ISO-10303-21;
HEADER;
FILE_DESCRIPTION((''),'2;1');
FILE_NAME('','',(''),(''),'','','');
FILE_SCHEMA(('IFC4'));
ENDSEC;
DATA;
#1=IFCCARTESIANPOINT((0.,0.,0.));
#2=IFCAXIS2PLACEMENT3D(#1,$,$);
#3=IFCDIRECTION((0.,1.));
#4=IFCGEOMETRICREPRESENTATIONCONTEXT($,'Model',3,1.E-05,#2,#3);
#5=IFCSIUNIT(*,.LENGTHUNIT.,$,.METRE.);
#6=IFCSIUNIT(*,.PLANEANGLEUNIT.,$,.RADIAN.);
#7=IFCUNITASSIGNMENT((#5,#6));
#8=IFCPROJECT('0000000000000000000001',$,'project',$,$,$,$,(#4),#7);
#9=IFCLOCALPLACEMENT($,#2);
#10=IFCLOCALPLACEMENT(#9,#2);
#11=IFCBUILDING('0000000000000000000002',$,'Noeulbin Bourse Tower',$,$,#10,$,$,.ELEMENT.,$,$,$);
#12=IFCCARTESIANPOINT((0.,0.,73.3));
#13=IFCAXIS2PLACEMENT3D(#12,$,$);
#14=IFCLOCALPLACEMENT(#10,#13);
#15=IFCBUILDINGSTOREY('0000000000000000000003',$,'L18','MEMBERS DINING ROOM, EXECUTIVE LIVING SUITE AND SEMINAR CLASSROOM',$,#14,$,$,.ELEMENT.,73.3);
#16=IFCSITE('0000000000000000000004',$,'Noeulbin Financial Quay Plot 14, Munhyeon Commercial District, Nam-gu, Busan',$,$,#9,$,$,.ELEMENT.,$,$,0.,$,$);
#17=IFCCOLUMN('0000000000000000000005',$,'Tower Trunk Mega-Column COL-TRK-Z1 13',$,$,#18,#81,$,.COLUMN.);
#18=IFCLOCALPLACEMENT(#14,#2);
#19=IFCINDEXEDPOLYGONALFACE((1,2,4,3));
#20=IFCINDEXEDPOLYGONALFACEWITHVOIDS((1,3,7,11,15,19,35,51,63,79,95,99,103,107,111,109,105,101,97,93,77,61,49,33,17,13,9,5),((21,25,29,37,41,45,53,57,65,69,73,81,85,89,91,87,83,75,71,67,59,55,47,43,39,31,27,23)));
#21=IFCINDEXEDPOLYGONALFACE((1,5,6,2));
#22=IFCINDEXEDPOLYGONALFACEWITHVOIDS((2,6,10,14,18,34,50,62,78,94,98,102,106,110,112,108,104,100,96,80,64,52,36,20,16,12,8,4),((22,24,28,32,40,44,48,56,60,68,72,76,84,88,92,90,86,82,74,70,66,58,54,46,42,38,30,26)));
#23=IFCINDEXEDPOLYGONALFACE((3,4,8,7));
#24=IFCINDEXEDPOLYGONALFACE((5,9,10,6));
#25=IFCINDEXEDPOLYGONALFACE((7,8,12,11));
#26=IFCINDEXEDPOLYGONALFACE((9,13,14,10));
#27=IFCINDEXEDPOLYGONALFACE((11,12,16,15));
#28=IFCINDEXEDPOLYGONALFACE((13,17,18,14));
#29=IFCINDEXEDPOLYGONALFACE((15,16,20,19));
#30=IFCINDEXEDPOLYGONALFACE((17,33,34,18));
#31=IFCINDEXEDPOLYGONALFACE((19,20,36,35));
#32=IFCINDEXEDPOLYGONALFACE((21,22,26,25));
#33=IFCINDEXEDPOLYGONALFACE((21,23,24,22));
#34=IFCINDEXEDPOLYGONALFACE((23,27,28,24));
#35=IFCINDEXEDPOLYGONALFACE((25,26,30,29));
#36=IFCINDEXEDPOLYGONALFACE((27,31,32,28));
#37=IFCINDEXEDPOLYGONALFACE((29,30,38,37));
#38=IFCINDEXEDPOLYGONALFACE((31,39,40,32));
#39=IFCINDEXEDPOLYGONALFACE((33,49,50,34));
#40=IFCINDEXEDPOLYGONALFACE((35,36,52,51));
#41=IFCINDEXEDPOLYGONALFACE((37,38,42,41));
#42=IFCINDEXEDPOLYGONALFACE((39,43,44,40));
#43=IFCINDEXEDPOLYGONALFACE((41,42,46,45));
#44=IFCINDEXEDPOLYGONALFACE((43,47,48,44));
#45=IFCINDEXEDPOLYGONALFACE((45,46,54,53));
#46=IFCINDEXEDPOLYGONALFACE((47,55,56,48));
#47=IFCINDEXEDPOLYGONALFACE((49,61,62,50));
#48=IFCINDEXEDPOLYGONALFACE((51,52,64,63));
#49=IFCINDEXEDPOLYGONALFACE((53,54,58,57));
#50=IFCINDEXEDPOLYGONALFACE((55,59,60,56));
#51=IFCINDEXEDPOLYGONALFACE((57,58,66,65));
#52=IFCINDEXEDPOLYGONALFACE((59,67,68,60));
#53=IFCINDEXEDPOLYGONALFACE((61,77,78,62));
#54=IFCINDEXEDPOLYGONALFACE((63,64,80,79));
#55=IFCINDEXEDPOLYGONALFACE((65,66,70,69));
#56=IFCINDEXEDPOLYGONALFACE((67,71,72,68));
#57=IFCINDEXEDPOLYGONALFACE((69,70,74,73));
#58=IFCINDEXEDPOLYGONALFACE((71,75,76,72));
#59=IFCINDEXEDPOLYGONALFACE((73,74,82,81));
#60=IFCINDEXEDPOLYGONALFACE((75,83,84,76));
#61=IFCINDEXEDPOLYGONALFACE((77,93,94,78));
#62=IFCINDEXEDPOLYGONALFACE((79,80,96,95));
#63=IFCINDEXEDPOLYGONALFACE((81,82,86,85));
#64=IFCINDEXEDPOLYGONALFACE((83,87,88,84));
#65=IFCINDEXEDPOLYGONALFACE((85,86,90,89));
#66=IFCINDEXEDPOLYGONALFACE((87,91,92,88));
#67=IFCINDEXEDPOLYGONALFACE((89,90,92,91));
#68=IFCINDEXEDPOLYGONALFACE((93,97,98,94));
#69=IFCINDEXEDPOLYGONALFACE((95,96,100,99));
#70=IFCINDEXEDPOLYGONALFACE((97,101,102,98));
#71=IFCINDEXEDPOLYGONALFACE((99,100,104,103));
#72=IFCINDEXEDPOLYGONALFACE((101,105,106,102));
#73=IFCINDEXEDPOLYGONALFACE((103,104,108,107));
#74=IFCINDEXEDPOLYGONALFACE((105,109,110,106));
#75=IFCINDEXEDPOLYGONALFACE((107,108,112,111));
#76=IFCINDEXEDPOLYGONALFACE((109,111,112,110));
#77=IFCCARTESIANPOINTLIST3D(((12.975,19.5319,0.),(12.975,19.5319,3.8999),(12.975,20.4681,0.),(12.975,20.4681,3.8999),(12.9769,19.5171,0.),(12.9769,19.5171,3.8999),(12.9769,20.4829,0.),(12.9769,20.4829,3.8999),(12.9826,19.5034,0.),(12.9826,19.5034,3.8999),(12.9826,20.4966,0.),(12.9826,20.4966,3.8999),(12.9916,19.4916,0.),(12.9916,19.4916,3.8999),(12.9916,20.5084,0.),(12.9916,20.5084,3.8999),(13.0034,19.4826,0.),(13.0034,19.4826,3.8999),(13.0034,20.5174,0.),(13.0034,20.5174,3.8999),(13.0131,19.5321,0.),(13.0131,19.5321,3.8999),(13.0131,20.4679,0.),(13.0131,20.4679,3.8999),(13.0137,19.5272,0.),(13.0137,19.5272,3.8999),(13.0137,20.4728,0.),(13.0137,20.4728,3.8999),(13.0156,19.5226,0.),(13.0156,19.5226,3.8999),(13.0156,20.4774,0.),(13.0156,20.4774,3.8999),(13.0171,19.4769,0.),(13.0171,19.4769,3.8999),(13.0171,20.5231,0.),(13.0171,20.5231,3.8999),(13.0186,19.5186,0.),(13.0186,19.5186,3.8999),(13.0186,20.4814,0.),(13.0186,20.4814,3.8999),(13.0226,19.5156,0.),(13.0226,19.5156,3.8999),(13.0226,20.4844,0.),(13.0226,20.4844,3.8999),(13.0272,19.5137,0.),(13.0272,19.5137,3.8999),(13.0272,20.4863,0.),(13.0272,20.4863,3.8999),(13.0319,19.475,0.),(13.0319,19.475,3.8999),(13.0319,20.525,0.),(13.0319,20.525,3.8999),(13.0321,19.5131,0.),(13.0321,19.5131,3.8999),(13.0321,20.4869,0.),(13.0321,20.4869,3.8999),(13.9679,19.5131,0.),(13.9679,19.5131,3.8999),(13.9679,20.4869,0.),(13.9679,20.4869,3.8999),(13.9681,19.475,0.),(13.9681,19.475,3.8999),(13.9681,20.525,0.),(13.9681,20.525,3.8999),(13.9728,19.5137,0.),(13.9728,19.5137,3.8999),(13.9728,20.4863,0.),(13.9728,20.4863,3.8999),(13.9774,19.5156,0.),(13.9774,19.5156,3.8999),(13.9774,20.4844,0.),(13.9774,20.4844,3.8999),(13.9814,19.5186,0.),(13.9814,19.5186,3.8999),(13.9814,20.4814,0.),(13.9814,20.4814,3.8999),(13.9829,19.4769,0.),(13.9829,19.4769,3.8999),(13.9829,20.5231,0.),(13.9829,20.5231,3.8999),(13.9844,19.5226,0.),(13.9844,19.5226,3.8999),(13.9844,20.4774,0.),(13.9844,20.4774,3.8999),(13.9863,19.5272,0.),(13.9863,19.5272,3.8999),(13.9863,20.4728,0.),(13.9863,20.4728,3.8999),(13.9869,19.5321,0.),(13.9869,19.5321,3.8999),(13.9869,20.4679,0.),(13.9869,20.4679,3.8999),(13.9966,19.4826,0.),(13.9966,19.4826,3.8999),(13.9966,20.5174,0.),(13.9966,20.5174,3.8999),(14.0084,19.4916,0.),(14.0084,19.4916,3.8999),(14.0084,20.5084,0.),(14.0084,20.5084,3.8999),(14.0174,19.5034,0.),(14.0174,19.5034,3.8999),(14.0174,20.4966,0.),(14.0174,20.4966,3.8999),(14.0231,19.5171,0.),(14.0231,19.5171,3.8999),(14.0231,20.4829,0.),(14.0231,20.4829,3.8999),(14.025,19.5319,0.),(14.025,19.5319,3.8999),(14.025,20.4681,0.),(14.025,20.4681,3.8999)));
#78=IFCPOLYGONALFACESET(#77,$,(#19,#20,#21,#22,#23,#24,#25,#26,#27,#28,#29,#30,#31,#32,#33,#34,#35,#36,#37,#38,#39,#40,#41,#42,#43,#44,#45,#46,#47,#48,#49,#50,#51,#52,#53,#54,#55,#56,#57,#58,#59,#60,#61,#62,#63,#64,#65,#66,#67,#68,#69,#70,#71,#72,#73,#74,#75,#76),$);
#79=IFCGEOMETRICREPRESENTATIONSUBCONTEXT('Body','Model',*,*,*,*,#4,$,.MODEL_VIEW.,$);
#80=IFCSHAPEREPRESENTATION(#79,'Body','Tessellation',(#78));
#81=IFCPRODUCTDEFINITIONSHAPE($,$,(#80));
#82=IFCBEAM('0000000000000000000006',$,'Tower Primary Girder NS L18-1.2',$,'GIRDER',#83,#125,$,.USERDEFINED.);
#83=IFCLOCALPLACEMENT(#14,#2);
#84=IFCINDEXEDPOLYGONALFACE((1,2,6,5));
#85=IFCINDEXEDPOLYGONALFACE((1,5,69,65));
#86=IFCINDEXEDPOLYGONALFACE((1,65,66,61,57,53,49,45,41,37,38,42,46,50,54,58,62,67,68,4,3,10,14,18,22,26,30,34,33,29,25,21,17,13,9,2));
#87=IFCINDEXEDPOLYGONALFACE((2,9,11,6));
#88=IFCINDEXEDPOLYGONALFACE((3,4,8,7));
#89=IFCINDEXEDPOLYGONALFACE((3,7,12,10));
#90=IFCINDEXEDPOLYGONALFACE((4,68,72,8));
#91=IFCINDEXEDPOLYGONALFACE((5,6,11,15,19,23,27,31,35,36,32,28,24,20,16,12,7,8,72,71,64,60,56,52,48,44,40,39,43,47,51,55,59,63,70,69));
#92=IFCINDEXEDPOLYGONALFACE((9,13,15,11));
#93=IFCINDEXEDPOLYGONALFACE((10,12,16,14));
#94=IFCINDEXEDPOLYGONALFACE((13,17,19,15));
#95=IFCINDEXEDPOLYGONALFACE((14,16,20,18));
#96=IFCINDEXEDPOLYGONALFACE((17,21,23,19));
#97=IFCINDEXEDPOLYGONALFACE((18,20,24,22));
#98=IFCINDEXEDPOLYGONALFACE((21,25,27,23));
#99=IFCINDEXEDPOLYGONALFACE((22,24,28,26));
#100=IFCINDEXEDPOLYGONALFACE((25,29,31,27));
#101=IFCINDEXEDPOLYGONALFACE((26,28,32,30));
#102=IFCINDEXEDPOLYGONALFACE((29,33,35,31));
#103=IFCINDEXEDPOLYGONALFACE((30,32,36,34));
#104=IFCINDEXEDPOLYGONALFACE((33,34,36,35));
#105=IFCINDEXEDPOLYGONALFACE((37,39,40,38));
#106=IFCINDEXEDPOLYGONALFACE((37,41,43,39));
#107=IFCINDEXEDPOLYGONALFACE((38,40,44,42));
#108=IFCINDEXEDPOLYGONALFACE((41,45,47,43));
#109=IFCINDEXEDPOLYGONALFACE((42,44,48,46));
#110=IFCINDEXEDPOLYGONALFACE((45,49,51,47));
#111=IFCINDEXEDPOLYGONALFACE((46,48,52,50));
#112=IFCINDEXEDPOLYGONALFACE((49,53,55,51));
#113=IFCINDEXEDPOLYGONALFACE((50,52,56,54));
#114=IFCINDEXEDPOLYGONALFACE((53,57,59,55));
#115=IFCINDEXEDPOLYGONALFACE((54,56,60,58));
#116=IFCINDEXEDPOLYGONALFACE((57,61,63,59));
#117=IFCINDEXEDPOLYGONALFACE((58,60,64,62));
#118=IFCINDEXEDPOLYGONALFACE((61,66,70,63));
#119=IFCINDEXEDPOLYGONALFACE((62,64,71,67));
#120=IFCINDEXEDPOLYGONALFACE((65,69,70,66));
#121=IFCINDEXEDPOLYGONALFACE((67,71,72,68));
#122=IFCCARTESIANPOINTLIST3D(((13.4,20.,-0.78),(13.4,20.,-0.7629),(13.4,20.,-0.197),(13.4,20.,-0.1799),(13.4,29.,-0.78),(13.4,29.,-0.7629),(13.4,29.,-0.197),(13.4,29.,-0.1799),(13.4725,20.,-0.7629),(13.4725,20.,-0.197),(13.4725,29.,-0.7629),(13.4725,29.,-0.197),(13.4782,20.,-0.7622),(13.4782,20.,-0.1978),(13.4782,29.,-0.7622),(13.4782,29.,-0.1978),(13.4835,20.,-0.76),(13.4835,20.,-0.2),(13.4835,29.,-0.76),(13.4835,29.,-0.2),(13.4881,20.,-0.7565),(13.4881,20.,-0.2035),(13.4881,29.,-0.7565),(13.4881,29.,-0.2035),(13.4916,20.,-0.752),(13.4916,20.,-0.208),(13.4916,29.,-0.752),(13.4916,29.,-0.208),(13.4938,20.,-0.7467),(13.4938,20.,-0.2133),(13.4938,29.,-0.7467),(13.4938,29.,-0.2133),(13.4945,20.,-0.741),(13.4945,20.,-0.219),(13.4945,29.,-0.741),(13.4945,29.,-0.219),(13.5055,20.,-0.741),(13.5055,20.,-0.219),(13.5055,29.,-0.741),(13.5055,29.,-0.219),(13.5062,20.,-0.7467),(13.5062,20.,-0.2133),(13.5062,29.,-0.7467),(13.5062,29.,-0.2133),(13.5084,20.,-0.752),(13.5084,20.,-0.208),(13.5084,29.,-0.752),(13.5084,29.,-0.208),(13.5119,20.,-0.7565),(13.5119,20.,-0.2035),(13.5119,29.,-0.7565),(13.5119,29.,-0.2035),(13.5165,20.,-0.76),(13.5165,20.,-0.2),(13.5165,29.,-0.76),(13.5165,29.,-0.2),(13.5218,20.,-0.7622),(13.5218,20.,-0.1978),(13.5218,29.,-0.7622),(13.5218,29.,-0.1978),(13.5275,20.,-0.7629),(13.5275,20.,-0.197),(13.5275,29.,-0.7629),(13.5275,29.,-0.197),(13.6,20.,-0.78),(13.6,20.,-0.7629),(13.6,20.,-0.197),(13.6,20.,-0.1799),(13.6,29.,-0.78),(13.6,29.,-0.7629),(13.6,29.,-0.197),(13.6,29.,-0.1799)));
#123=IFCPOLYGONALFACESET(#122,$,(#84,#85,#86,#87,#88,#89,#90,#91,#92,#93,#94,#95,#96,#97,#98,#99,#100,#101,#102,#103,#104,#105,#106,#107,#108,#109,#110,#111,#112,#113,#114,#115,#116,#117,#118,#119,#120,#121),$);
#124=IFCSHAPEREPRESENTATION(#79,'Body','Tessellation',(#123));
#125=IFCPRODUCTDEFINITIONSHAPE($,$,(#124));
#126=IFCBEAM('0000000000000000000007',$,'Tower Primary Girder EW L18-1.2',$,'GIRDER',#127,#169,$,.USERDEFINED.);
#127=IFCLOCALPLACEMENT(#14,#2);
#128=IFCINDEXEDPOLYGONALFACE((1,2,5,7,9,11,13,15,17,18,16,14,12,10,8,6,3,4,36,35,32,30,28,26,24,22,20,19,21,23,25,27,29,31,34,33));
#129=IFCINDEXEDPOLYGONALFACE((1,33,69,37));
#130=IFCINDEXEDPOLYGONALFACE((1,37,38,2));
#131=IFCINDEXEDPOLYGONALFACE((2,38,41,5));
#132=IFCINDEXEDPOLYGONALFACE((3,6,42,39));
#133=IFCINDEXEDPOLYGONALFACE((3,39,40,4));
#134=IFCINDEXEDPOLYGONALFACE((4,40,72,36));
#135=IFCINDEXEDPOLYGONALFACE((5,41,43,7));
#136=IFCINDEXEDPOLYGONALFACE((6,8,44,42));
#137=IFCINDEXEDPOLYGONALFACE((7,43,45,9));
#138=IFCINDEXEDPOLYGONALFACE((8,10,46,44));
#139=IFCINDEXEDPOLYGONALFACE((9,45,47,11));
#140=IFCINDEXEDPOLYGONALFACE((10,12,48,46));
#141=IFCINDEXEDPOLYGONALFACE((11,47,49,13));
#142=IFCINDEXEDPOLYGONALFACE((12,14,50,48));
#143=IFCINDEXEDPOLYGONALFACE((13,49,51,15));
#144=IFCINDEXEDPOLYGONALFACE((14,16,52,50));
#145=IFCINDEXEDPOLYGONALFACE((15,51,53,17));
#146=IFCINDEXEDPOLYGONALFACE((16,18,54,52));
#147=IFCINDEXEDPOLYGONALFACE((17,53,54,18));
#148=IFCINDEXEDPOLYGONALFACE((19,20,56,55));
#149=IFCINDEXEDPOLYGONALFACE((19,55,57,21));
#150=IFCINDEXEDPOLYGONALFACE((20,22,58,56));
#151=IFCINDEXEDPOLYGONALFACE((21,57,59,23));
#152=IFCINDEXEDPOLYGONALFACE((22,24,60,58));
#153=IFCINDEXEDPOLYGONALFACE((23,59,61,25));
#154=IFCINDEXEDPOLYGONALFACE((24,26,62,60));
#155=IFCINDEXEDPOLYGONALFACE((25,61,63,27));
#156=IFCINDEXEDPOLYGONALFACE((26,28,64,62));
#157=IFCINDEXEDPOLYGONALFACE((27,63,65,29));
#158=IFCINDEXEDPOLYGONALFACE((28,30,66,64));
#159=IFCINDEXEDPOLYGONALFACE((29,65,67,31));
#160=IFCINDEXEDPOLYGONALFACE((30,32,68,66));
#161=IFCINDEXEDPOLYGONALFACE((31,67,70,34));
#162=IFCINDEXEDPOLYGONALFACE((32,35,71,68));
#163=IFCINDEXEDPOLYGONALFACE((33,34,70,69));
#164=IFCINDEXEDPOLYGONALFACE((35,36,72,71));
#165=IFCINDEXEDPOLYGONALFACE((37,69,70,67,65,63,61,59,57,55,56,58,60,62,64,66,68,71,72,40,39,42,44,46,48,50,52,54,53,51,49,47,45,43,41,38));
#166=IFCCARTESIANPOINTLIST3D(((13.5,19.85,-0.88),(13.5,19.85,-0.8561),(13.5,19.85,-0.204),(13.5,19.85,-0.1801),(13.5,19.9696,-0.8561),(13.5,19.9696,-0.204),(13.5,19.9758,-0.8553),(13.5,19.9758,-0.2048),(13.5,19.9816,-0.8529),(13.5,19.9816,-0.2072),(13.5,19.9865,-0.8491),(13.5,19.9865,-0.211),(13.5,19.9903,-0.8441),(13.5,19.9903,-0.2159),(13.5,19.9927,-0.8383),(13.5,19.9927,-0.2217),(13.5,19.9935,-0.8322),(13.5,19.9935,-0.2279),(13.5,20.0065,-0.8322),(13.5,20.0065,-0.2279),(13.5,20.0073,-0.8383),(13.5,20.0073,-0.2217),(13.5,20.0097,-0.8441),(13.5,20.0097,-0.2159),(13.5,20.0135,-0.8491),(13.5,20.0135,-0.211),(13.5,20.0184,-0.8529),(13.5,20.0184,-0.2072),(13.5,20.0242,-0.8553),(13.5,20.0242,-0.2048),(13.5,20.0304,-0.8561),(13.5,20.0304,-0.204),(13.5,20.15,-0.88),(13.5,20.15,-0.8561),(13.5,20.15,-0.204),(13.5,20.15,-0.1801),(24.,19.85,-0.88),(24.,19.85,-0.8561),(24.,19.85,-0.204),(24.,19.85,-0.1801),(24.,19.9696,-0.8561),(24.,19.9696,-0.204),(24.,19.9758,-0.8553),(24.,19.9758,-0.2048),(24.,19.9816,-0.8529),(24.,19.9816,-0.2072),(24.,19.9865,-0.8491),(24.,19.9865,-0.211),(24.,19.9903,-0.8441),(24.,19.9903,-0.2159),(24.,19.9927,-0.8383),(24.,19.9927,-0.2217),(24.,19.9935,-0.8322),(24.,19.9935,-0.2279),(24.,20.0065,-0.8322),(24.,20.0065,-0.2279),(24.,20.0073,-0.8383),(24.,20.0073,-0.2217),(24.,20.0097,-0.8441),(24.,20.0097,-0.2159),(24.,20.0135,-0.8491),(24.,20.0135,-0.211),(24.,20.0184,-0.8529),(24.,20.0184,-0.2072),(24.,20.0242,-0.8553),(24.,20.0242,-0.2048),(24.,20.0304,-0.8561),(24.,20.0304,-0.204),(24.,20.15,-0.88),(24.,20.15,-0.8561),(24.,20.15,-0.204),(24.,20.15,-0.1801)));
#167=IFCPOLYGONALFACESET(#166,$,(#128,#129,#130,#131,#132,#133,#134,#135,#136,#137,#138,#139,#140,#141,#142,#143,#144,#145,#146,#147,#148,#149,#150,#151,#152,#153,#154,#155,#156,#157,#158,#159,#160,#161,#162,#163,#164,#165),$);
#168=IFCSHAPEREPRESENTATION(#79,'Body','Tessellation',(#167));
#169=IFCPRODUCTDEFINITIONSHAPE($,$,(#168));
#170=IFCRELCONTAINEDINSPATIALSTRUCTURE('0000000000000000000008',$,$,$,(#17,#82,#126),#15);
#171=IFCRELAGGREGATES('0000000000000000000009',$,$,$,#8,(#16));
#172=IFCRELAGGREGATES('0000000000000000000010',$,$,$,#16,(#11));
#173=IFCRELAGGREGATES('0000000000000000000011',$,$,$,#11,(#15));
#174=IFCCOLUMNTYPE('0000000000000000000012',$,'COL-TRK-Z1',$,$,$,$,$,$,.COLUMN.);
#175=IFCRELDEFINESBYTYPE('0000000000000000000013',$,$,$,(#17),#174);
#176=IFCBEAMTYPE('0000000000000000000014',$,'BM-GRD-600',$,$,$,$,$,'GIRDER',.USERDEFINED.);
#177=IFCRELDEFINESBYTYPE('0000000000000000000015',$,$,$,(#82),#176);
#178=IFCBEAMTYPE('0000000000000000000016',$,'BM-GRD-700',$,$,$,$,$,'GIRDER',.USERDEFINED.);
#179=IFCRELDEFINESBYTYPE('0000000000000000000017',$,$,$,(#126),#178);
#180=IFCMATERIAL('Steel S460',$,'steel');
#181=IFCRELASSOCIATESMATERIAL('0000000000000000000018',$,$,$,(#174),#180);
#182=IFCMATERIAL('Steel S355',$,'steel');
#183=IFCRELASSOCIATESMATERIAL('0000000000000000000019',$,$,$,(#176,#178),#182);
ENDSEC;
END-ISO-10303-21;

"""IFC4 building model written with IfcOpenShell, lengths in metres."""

from ifc_helpers import new_model, si_unit, direction, frame, origin, origin_2d, place, context, subcontext, project, spatial, hollow_rectangle, i_section, extrude, material, material_profile, profile_set, type_object, element, save


model = new_model("IFC4")

# Units and contexts
model_context = context("Model", 3, precision=1e-05, world=origin(), true_north=direction((0.0, 1.0)))
body_context = subcontext(model_context, "Body", "Model", "MODEL_VIEW")
ifc_project = project(units=[si_unit("LENGTHUNIT", "METRE"), si_unit("PLANEANGLEUNIT", "RADIAN")], contexts=[model_context])

# Site, building, storey
site_placement = place(None, origin())
site = spatial("IfcSite", under=ifc_project, at=site_placement, Name="Noeulbin Financial Quay Plot 14, Munhyeon Commercial District, Nam-gu, Busan", CompositionType="ELEMENT", RefElevation=0.0)
building_placement = place(site_placement, origin())
building = spatial("IfcBuilding", under=site, at=building_placement, Name="Noeulbin Bourse Tower", CompositionType="ELEMENT")
storey_placement = place(building_placement, frame((0.0, 0.0, 73.3)))
storey = spatial("IfcBuildingStorey", under=building, at=storey_placement, Name="L18", Description="MEMBERS DINING ROOM, EXECUTIVE LIVING SUITE AND SEMINAR CLASSROOM", CompositionType="ELEMENT", Elevation=73.3)

# Column
ifc_material_1 = material(Name="Steel S460", Category="steel")
ifc_material_profile_1 = material_profile(ifc_material_1, hollow_rectangle(XDim=1.05, YDim=1.05, WallThickness=0.0381, InnerFilletRadius=0.019, OuterFilletRadius=0.0569, at=origin_2d()), Name="BOX-1050x1050x38", Category="LoadBearing")
ifc_profile_set_1 = profile_set([ifc_material_profile_1], Name="Steel S460")
column_type = type_object("IfcColumnType", Name="COL-TRK-Z1", PredefinedType="COLUMN", material=ifc_profile_set_1)
column_placement = place(storey_placement, frame((13.5, 20.0, 0.0), z_axis=(0.0, 0.0, 1.0), x_axis=(1.0, 0.0, 0.0)))
element("IfcColumn", 1, at=column_placement, inside=storey, type_object=column_type, Name="Tower Trunk Mega-Column COL-TRK-Z1 13", PredefinedType="COLUMN", context=body_context, shape_type="SweptSolid", body=[
    extrude(hollow_rectangle(XDim=1.05, YDim=1.05, WallThickness=0.0381, InnerFilletRadius=0.019, OuterFilletRadius=0.0569, at=origin_2d()), origin(), (0.0, 0.0, 1.0), 3.8999),
])

# Beams
ifc_material_2 = material(Name="Steel S355", Category="steel")
ifc_material_profile_2 = material_profile(ifc_material_2, i_section(OverallWidth=0.2, OverallDepth=0.6001, WebThickness=0.011, FlangeThickness=0.0171, FilletRadius=0.022, at=origin_2d()), Name="H-600x200x11x17", Category="LoadBearing")
ifc_profile_set_2 = profile_set([ifc_material_profile_2], Name="Steel S355")
beam_type_1 = type_object("IfcBeamType", Name="BM-GRD-600", ElementType="GIRDER", PredefinedType="USERDEFINED", material=ifc_profile_set_2)
beam_1_placement = place(storey_placement, frame((13.5, 20.0, -0.48), z_axis=(0.0, 1.0, 0.0), x_axis=(-1.0, 0.0, 0.0)))
element("IfcBeam", 2, at=beam_1_placement, inside=storey, type_object=beam_type_1, Name="Tower Primary Girder NS L18-1.2", ObjectType="GIRDER", PredefinedType="USERDEFINED", context=body_context, shape_type="SweptSolid", body=[
    extrude(i_section(OverallWidth=0.2, OverallDepth=0.6001, WebThickness=0.011, FlangeThickness=0.0171, FilletRadius=0.022, at=origin_2d()), origin(), (0.0, 0.0, 1.0), 9.0),
])
ifc_material_profile_3 = material_profile(ifc_material_2, i_section(OverallWidth=0.3, OverallDepth=0.7, WebThickness=0.0129, FlangeThickness=0.0239, FilletRadius=0.0239, at=origin_2d()), Name="H-700x300x13x24", Category="LoadBearing")
ifc_profile_set_3 = profile_set([ifc_material_profile_3], Name="Steel S355")
beam_type_2 = type_object("IfcBeamType", Name="BM-GRD-700", ElementType="GIRDER", PredefinedType="USERDEFINED", material=ifc_profile_set_3)
beam_2_placement = place(storey_placement, frame((13.5, 20.0, -0.53), z_axis=(1.0, 0.0, 0.0), x_axis=(0.0, 1.0, 0.0)))
element("IfcBeam", 3, at=beam_2_placement, inside=storey, type_object=beam_type_2, Name="Tower Primary Girder EW L18-1.2", ObjectType="GIRDER", PredefinedType="USERDEFINED", context=body_context, shape_type="SweptSolid", body=[
    extrude(i_section(OverallWidth=0.3, OverallDepth=0.7, WebThickness=0.0129, FlangeThickness=0.0239, FilletRadius=0.0239, at=origin_2d()), origin(), (0.0, 0.0, 1.0), 10.5),
])

save(model, "model.ifc")
